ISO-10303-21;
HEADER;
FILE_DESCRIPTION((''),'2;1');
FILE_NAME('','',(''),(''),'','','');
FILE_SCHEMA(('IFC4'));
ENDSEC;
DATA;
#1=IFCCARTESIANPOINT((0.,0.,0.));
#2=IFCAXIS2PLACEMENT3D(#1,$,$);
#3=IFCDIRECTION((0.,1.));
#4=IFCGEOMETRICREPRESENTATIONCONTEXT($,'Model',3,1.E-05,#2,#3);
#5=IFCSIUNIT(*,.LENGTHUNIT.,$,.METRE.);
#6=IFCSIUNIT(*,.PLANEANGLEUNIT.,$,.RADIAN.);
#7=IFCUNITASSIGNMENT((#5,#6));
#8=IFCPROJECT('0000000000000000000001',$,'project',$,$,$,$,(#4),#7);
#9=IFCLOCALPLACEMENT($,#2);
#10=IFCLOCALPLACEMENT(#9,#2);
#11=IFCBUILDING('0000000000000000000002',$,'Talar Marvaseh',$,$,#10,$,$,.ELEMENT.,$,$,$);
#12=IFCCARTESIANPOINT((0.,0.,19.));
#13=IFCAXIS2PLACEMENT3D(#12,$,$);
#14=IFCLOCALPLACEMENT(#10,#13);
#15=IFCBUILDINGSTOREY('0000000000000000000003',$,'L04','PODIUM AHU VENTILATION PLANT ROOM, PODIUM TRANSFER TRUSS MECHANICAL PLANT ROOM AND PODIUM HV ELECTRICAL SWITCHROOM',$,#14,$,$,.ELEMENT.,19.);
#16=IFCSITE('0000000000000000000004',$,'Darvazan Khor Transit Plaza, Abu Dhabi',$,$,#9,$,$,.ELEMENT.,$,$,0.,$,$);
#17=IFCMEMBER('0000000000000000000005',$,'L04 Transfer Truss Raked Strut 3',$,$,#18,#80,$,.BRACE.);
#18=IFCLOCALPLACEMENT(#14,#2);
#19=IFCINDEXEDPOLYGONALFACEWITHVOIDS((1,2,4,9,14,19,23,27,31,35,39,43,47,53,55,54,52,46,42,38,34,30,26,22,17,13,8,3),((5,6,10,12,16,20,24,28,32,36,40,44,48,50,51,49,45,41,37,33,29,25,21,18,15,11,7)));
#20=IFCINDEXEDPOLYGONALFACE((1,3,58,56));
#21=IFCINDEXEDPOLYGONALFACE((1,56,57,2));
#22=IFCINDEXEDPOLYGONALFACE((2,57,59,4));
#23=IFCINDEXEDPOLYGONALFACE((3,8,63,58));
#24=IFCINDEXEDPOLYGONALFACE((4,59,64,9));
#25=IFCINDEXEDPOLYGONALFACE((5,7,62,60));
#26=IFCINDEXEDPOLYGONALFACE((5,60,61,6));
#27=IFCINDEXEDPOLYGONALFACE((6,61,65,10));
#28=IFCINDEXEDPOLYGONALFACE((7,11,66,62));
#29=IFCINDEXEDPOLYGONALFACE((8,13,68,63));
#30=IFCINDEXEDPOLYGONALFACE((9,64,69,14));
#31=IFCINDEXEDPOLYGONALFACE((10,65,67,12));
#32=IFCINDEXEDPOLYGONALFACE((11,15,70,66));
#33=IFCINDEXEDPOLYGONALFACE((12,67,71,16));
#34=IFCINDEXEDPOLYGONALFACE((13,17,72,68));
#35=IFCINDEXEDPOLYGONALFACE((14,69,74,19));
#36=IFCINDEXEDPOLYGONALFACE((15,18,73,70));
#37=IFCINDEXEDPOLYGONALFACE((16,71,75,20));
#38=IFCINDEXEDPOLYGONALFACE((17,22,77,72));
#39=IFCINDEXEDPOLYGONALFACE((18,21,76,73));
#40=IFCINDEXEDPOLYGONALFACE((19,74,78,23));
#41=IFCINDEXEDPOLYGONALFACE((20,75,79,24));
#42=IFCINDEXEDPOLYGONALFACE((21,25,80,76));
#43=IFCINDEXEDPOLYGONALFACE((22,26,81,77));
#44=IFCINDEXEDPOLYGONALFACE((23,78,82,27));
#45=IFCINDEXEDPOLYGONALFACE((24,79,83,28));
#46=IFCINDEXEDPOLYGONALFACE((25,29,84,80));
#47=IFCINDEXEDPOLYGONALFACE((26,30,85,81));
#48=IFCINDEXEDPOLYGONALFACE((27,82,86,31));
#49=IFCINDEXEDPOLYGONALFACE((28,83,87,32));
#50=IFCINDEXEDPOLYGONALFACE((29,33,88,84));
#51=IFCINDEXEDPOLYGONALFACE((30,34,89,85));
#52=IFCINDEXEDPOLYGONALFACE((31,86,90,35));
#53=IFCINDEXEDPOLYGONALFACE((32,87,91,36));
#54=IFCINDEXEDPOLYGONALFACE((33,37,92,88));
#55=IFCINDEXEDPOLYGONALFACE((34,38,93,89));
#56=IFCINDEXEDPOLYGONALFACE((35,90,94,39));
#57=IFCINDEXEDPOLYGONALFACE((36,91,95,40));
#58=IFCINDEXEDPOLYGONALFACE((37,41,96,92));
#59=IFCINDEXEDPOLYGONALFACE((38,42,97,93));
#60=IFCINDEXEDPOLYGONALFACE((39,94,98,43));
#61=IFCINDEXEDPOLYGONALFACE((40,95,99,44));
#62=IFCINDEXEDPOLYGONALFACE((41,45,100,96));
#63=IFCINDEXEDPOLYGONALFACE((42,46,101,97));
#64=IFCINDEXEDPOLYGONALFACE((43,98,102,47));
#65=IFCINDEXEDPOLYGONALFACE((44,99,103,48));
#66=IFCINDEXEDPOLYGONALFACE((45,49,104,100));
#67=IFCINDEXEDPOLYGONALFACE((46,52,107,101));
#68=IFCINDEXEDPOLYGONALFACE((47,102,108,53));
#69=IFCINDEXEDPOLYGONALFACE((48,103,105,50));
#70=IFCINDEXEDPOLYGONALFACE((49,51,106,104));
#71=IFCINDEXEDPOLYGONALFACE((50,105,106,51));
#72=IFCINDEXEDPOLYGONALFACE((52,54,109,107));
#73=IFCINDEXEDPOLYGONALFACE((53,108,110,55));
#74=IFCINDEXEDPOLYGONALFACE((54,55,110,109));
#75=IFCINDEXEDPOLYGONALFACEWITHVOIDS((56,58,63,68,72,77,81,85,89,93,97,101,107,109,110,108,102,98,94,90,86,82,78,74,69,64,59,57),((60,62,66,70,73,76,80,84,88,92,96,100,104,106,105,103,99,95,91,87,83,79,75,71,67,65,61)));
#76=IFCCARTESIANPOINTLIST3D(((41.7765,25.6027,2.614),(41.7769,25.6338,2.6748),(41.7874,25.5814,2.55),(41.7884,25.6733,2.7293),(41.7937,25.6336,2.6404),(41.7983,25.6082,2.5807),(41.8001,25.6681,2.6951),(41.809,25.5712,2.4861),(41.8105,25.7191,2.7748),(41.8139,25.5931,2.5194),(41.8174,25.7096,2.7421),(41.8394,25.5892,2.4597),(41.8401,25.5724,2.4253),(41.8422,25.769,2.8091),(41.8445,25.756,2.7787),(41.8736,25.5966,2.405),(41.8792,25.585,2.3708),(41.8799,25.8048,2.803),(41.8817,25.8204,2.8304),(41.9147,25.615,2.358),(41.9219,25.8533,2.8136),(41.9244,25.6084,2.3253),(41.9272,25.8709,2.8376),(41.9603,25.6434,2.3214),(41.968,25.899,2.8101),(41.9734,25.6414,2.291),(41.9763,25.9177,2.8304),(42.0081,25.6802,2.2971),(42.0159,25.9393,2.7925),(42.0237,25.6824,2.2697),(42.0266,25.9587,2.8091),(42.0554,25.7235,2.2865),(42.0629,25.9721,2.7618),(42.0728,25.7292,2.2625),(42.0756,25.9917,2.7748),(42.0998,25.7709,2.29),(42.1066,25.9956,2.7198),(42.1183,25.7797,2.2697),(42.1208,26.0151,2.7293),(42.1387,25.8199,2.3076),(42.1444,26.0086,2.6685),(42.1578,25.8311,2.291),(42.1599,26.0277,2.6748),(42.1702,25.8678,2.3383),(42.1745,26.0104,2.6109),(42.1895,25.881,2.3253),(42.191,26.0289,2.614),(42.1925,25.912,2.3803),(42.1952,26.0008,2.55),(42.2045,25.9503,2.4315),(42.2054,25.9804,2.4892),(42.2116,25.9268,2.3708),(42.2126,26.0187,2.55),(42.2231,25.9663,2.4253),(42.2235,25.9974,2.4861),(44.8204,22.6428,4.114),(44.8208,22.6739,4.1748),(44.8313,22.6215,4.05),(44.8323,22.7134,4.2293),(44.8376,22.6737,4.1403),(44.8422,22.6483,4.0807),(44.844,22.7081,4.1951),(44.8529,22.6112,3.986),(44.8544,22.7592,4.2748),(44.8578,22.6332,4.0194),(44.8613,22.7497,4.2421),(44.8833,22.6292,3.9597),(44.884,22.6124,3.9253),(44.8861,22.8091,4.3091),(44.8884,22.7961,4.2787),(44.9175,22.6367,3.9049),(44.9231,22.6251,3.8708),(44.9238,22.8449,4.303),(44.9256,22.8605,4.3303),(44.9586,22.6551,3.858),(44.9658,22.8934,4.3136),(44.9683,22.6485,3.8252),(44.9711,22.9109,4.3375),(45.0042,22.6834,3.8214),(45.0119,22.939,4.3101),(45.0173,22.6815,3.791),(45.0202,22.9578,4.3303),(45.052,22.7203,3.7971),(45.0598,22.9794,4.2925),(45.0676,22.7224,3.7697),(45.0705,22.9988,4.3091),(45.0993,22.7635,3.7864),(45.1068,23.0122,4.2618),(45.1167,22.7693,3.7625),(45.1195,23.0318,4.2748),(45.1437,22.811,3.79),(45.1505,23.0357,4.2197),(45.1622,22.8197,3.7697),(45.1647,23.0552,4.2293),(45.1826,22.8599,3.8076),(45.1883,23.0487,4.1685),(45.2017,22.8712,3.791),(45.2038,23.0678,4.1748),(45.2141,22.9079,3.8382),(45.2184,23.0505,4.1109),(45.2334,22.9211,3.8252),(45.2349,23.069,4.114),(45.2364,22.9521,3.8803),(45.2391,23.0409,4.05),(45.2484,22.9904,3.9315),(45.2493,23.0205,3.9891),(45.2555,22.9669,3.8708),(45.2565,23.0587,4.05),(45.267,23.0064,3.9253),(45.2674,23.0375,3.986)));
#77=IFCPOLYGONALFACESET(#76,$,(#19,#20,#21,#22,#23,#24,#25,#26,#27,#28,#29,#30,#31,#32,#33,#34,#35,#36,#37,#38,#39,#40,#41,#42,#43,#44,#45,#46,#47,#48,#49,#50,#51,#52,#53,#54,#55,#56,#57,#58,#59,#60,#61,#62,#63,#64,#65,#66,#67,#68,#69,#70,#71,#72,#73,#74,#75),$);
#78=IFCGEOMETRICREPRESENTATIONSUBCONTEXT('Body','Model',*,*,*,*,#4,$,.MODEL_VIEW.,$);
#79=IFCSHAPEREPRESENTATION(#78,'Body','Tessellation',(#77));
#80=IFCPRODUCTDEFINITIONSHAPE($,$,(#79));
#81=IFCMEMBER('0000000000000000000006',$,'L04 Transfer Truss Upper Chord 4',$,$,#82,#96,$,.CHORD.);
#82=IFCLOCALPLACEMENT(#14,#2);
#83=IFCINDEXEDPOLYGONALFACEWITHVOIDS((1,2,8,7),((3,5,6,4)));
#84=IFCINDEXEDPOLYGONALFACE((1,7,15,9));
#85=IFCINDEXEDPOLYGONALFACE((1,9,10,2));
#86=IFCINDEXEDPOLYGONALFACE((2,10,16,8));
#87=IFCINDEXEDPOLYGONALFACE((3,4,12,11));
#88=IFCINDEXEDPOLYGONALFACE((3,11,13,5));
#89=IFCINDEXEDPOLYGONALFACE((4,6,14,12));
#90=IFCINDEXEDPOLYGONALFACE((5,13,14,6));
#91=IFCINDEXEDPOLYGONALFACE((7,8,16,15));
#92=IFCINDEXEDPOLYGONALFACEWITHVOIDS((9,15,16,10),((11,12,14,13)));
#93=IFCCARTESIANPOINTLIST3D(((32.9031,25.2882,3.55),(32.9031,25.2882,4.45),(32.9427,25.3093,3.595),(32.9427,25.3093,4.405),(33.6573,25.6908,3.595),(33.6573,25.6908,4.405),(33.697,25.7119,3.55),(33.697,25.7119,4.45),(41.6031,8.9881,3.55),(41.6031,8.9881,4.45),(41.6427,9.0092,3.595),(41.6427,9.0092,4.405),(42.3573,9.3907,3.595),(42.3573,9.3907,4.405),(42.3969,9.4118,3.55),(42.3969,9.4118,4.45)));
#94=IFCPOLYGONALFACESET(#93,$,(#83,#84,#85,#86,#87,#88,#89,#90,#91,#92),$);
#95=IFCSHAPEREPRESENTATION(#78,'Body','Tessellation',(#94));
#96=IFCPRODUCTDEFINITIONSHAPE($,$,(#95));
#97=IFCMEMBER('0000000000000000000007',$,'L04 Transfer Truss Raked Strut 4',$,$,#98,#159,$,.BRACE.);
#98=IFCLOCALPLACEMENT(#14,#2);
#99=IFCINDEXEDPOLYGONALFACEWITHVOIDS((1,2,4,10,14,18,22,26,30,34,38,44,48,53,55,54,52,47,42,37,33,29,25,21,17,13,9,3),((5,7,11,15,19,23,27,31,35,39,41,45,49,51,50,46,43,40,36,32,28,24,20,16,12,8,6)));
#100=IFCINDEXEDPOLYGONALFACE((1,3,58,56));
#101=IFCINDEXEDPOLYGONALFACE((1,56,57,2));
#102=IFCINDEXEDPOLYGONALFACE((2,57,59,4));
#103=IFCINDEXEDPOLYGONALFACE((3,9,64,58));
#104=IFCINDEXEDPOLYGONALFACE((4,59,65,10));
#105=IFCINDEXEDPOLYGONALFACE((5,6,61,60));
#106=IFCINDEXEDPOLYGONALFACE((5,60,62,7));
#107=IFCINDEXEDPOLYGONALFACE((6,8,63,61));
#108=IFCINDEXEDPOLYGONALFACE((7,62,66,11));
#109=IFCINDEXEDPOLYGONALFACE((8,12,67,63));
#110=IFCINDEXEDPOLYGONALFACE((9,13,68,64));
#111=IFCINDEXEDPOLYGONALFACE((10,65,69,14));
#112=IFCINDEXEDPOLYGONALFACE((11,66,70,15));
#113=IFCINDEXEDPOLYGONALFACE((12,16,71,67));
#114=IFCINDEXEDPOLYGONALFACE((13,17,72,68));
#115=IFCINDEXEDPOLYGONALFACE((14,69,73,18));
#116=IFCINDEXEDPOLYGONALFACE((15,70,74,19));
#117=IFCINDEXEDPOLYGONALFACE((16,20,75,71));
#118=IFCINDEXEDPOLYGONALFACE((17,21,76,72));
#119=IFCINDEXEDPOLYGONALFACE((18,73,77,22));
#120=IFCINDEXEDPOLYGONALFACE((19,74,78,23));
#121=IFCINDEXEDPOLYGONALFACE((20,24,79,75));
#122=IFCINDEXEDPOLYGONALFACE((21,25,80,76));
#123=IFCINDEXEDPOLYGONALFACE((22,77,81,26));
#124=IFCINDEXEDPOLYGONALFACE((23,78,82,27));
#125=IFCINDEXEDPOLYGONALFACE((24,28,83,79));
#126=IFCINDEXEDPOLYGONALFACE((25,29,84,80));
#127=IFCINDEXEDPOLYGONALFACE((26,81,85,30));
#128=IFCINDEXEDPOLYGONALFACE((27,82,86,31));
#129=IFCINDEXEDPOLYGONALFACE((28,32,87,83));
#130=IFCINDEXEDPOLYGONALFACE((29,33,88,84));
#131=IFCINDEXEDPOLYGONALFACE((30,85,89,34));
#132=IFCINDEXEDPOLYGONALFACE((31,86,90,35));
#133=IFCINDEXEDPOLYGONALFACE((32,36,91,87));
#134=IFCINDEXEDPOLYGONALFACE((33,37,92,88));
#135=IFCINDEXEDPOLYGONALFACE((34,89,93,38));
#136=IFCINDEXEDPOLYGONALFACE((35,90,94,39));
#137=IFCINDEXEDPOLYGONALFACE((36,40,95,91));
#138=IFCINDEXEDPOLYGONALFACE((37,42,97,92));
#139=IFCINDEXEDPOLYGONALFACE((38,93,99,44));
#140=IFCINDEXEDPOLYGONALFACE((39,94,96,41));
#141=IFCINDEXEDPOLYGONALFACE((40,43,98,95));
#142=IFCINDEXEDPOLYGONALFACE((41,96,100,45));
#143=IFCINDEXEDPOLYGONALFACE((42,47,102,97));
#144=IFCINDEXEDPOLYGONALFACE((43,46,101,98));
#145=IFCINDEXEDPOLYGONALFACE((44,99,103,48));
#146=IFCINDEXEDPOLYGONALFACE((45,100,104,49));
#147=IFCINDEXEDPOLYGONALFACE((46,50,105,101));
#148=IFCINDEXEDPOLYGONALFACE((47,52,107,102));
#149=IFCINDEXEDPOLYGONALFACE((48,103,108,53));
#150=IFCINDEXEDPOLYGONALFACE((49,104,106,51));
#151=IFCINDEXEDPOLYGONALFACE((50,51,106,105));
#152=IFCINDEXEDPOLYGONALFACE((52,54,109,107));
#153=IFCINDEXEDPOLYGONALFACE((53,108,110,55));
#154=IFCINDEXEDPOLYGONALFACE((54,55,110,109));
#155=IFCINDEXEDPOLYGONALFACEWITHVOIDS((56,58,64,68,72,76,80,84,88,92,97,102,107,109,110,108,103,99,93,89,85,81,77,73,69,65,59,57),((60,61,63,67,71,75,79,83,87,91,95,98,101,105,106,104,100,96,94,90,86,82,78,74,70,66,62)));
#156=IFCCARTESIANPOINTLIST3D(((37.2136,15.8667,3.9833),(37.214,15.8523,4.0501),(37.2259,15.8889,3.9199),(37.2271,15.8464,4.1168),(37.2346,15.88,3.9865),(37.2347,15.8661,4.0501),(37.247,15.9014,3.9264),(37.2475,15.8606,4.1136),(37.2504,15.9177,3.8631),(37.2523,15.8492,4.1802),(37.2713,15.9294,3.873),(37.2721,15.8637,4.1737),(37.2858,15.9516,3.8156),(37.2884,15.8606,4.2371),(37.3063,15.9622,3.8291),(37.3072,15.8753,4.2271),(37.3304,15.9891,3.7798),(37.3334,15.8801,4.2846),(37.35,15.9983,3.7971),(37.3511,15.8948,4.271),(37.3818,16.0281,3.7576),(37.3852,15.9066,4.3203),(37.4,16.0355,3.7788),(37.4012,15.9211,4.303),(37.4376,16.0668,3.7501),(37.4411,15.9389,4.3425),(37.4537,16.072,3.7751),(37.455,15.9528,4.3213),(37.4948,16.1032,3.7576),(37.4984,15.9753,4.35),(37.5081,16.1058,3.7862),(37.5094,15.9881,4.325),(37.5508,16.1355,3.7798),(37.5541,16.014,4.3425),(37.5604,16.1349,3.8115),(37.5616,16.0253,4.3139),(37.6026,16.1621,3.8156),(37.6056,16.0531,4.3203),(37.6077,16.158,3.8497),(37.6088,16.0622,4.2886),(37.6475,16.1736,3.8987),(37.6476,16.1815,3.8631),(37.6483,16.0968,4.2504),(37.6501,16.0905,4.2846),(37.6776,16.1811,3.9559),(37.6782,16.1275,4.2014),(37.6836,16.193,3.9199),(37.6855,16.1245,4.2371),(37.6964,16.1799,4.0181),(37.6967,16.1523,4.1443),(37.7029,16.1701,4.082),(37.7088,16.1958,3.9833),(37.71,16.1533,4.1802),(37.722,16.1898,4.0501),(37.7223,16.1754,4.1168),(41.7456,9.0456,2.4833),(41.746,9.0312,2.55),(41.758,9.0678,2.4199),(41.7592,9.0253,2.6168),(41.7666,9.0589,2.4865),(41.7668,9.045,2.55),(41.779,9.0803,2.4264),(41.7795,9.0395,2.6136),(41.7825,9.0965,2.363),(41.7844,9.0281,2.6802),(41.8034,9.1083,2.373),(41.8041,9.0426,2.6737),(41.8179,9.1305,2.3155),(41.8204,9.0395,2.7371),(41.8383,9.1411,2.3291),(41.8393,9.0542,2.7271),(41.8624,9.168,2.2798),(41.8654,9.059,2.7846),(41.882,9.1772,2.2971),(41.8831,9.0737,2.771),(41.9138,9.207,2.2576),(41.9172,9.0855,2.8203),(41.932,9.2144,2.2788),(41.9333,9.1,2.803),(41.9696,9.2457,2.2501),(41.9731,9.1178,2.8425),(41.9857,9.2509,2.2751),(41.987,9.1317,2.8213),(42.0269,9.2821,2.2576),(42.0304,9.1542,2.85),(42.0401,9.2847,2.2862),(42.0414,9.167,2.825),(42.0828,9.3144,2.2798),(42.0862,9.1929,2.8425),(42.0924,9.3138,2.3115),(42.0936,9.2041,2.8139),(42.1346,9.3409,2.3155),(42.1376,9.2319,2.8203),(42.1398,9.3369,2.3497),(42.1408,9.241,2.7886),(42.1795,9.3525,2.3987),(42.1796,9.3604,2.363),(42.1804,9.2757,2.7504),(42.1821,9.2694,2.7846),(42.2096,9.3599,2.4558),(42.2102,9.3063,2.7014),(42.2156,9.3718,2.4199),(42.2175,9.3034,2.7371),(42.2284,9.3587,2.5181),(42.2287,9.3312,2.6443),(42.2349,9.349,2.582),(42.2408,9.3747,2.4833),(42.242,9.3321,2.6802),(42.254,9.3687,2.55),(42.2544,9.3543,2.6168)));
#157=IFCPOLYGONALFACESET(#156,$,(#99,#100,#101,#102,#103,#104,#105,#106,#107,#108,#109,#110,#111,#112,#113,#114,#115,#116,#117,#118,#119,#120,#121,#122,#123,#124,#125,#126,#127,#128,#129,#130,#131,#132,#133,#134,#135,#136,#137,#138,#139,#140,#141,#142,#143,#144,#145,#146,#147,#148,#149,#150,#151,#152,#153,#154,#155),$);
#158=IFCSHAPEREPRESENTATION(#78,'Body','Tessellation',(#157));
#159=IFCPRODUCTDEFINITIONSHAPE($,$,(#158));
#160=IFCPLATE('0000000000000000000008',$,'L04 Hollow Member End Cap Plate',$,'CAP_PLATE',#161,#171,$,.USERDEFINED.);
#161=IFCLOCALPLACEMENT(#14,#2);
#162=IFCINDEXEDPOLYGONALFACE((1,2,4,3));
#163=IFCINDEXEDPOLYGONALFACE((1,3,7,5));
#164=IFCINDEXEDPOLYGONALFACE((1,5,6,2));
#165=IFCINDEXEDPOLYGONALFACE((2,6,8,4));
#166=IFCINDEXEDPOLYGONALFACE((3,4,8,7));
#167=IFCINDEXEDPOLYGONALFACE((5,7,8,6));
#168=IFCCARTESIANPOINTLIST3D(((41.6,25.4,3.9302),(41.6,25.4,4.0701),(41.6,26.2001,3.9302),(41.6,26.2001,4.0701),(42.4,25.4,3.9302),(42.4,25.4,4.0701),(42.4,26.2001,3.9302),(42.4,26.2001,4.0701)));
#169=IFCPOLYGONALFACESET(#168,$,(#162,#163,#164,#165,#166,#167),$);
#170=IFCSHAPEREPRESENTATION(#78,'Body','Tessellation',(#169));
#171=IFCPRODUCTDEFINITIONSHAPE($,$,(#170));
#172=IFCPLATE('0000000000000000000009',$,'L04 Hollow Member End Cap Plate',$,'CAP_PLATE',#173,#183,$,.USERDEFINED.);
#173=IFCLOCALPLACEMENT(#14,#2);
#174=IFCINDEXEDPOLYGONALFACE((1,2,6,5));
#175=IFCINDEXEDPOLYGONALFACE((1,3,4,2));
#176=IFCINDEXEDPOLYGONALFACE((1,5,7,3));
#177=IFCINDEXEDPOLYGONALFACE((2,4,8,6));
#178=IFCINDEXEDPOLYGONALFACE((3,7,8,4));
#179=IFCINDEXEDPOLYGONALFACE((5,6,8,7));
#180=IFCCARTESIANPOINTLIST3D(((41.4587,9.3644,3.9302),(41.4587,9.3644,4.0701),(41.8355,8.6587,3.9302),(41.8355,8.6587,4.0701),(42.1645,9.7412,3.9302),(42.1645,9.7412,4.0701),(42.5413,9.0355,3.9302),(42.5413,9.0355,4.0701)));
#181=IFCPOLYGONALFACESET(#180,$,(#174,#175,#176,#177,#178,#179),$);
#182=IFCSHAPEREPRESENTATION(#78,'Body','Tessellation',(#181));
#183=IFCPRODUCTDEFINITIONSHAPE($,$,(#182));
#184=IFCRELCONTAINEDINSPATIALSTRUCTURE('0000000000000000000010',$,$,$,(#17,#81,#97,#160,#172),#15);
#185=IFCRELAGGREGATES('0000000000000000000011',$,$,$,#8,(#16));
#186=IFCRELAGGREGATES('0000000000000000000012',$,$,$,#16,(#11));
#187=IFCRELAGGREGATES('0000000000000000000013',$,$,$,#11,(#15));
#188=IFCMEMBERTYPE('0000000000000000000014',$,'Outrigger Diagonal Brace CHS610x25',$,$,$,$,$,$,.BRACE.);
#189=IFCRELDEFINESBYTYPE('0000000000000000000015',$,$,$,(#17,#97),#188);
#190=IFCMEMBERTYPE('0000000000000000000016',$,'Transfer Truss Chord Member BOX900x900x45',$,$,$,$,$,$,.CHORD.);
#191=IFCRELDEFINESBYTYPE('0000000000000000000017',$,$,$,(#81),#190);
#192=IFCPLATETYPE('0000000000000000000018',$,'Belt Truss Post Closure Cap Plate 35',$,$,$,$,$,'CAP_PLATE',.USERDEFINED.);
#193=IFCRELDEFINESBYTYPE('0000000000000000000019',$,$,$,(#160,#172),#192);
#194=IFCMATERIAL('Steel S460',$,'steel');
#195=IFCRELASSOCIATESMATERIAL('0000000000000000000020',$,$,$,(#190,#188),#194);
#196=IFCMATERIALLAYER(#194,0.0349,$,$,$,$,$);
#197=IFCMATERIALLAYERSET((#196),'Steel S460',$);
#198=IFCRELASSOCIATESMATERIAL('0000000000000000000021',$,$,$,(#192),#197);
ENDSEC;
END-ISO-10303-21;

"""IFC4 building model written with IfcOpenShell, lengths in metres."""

from ifc_helpers import new_model, si_unit, direction, frame, origin, origin_2d, place, context, subcontext, project, spatial, rectangle, hollow_rectangle, hollow_circle, extrude, source, transform, mapped, material, layer, layer_set, material_profile, profile_set, type_object, type_shapes, element, save


model = new_model("IFC4")

# Units and contexts
model_context = context("Model", 3, precision=1e-05, world=origin(), true_north=direction((0.0, 1.0)))
body_context = subcontext(model_context, "Body", "Model", "MODEL_VIEW")
ifc_project = project(units=[si_unit("LENGTHUNIT", "METRE"), si_unit("PLANEANGLEUNIT", "RADIAN")], contexts=[model_context])

# Site, building, storey
site_placement = place(None, origin())
site = spatial("IfcSite", under=ifc_project, at=site_placement, Name="Darvazan Khor Transit Plaza, Abu Dhabi", CompositionType="ELEMENT", RefElevation=0.0)
building_placement = place(site_placement, origin())
building = spatial("IfcBuilding", under=site, at=building_placement, Name="Talar Marvaseh", CompositionType="ELEMENT")
storey_placement = place(building_placement, frame((0.0, 0.0, 19.0)))
storey = spatial("IfcBuildingStorey", under=building, at=storey_placement, Name="L04", Description="PODIUM AHU VENTILATION PLANT ROOM, PODIUM TRANSFER TRUSS MECHANICAL PLANT ROOM AND PODIUM HV ELECTRICAL SWITCHROOM", CompositionType="ELEMENT", Elevation=19.0)

# Shared definitions
ifc_material_1 = material(Name="Steel S460", Category="steel")

# Members
ifc_material_profile_1 = material_profile(ifc_material_1, hollow_rectangle(XDim=0.8999, YDim=0.8999, WallThickness=0.0449, at=origin_2d()), Name="BOX900x900x45")
ifc_profile_set_1 = profile_set([ifc_material_profile_1], Name="Steel S460")
member_type_1 = type_object("IfcMemberType", Name="Transfer Truss Chord Member BOX900x900x45", PredefinedType="CHORD", material=ifc_profile_set_1)
ifc_material_profile_2 = material_profile(ifc_material_1, hollow_circle(Radius=0.3049, WallThickness=0.0249, at=origin_2d()), Name="CHS610x25")
ifc_profile_set_2 = profile_set([ifc_material_profile_2], Name="Steel S460")
member_type_2 = type_object("IfcMemberType", Name="Outrigger Diagonal Brace CHS610x25", PredefinedType="BRACE", material=ifc_profile_set_2)
shared_shape_1 = source(origin(), body_context, "Body", "SweptSolid", [
    extrude(hollow_circle(Radius=0.3049, WallThickness=0.0249, at=origin_2d()), origin(), (0.0, 0.0, 1.0), 4.5029),
])
member_1_placement = place(storey_placement, frame((42.0, 25.8, 2.55), z_axis=(0.675982, -0.657331, 0.333112), x_axis=(0.697147, 0.716928, 0.0)))
element("IfcMember", 1, at=member_1_placement, inside=storey, type_object=member_type_2, Name="L04 Transfer Truss Raked Strut 3", PredefinedType="BRACE", context=body_context, shape_type="MappedRepresentation", body=[
    mapped(shared_shape_1, transform((0.0, 0.0, 0.0), x_axis=(1.0, 0.0, 0.0), y_axis=(0.0, 1.0, 0.0), z_axis=(0.0, 0.0, 1.0), scale=1.0)),
])
shared_shape_2 = source(origin(), body_context, "Body", "SweptSolid", [
    extrude(hollow_rectangle(XDim=0.8999, YDim=0.8999, WallThickness=0.0449, at=origin_2d()), origin(), (0.0, 0.0, 1.0), 18.4766),
])
member_2_placement = place(storey_placement, frame((42.0, 9.2, 4.0), z_axis=(-0.470866, 0.882205, 0.0), x_axis=(-0.882205, -0.470866, 0.0)))
element("IfcMember", 2, at=member_2_placement, inside=storey, type_object=member_type_1, Name="L04 Transfer Truss Upper Chord 4", PredefinedType="CHORD", context=body_context, shape_type="MappedRepresentation", body=[
    mapped(shared_shape_2, transform((0.0, 0.0, 0.0), x_axis=(1.0, 0.0, 0.0), y_axis=(0.0, 1.0, 0.0), z_axis=(0.0, 0.0, 1.0), scale=1.0)),
])
shared_shape_3 = source(origin(), body_context, "Body", "SweptSolid", [
    extrude(hollow_circle(Radius=0.3049, WallThickness=0.0249, at=origin_2d()), origin(), (0.0, 0.0, 1.0), 8.3257),
])
type_shapes(member_type_2, [shared_shape_1, shared_shape_3])
member_3_placement = place(storey_placement, frame((42.0, 9.2, 2.55), z_axis=(-0.544343, 0.819286, 0.180167), x_axis=(-0.832916, -0.553399, 0.0)))
element("IfcMember", 3, at=member_3_placement, inside=storey, type_object=member_type_2, Name="L04 Transfer Truss Raked Strut 4", PredefinedType="BRACE", context=body_context, shape_type="MappedRepresentation", body=[
    mapped(shared_shape_3, transform((0.0, 0.0, 0.0), x_axis=(1.0, 0.0, 0.0), y_axis=(0.0, 1.0, 0.0), z_axis=(0.0, 0.0, 1.0), scale=1.0)),
])

# Plates
ifc_layer_1 = layer(ifc_material_1, 0.0349)
ifc_layer_set_1 = layer_set([ifc_layer_1], Name="Steel S460")
plate_type_1 = type_object("IfcPlateType", Name="Belt Truss Post Closure Cap Plate 35", ElementType="CAP_PLATE", PredefinedType="USERDEFINED", material=ifc_layer_set_1)
shared_shape_4 = source(origin(), body_context, "Body", "SweptSolid", [
    extrude(rectangle(XDim=0.8, YDim=0.8, at=origin_2d()), origin(), (0.0, 0.0, 1.0), 0.1399),
])
for number, where, z_axis, x_axis, name in (
    (4, (42.0, 25.8, 3.9302), (0.0, 0.0, 1.0), (1.0, 0.0, 0.0), "L04 Hollow Member End Cap Plate"),
    (5, (42.0, 9.2, 3.9302), (0.0, 0.0, 1.0), (-0.471012, 0.882127, 0.0), "L04 Hollow Member End Cap Plate"),
):
    element("IfcPlate", number, at=place(storey_placement, frame(where, z_axis=z_axis, x_axis=x_axis)), inside=storey, type_object=plate_type_1, Name=name, ObjectType="CAP_PLATE", PredefinedType="USERDEFINED", context=body_context, shape_type="MappedRepresentation", body=[
        mapped(shared_shape_4, transform((0.0, 0.0, 0.0), x_axis=(1.0, 0.0, 0.0), y_axis=(0.0, 1.0, 0.0), z_axis=(0.0, 0.0, 1.0), scale=1.0)),
    ])

save(model, "model.ifc")
